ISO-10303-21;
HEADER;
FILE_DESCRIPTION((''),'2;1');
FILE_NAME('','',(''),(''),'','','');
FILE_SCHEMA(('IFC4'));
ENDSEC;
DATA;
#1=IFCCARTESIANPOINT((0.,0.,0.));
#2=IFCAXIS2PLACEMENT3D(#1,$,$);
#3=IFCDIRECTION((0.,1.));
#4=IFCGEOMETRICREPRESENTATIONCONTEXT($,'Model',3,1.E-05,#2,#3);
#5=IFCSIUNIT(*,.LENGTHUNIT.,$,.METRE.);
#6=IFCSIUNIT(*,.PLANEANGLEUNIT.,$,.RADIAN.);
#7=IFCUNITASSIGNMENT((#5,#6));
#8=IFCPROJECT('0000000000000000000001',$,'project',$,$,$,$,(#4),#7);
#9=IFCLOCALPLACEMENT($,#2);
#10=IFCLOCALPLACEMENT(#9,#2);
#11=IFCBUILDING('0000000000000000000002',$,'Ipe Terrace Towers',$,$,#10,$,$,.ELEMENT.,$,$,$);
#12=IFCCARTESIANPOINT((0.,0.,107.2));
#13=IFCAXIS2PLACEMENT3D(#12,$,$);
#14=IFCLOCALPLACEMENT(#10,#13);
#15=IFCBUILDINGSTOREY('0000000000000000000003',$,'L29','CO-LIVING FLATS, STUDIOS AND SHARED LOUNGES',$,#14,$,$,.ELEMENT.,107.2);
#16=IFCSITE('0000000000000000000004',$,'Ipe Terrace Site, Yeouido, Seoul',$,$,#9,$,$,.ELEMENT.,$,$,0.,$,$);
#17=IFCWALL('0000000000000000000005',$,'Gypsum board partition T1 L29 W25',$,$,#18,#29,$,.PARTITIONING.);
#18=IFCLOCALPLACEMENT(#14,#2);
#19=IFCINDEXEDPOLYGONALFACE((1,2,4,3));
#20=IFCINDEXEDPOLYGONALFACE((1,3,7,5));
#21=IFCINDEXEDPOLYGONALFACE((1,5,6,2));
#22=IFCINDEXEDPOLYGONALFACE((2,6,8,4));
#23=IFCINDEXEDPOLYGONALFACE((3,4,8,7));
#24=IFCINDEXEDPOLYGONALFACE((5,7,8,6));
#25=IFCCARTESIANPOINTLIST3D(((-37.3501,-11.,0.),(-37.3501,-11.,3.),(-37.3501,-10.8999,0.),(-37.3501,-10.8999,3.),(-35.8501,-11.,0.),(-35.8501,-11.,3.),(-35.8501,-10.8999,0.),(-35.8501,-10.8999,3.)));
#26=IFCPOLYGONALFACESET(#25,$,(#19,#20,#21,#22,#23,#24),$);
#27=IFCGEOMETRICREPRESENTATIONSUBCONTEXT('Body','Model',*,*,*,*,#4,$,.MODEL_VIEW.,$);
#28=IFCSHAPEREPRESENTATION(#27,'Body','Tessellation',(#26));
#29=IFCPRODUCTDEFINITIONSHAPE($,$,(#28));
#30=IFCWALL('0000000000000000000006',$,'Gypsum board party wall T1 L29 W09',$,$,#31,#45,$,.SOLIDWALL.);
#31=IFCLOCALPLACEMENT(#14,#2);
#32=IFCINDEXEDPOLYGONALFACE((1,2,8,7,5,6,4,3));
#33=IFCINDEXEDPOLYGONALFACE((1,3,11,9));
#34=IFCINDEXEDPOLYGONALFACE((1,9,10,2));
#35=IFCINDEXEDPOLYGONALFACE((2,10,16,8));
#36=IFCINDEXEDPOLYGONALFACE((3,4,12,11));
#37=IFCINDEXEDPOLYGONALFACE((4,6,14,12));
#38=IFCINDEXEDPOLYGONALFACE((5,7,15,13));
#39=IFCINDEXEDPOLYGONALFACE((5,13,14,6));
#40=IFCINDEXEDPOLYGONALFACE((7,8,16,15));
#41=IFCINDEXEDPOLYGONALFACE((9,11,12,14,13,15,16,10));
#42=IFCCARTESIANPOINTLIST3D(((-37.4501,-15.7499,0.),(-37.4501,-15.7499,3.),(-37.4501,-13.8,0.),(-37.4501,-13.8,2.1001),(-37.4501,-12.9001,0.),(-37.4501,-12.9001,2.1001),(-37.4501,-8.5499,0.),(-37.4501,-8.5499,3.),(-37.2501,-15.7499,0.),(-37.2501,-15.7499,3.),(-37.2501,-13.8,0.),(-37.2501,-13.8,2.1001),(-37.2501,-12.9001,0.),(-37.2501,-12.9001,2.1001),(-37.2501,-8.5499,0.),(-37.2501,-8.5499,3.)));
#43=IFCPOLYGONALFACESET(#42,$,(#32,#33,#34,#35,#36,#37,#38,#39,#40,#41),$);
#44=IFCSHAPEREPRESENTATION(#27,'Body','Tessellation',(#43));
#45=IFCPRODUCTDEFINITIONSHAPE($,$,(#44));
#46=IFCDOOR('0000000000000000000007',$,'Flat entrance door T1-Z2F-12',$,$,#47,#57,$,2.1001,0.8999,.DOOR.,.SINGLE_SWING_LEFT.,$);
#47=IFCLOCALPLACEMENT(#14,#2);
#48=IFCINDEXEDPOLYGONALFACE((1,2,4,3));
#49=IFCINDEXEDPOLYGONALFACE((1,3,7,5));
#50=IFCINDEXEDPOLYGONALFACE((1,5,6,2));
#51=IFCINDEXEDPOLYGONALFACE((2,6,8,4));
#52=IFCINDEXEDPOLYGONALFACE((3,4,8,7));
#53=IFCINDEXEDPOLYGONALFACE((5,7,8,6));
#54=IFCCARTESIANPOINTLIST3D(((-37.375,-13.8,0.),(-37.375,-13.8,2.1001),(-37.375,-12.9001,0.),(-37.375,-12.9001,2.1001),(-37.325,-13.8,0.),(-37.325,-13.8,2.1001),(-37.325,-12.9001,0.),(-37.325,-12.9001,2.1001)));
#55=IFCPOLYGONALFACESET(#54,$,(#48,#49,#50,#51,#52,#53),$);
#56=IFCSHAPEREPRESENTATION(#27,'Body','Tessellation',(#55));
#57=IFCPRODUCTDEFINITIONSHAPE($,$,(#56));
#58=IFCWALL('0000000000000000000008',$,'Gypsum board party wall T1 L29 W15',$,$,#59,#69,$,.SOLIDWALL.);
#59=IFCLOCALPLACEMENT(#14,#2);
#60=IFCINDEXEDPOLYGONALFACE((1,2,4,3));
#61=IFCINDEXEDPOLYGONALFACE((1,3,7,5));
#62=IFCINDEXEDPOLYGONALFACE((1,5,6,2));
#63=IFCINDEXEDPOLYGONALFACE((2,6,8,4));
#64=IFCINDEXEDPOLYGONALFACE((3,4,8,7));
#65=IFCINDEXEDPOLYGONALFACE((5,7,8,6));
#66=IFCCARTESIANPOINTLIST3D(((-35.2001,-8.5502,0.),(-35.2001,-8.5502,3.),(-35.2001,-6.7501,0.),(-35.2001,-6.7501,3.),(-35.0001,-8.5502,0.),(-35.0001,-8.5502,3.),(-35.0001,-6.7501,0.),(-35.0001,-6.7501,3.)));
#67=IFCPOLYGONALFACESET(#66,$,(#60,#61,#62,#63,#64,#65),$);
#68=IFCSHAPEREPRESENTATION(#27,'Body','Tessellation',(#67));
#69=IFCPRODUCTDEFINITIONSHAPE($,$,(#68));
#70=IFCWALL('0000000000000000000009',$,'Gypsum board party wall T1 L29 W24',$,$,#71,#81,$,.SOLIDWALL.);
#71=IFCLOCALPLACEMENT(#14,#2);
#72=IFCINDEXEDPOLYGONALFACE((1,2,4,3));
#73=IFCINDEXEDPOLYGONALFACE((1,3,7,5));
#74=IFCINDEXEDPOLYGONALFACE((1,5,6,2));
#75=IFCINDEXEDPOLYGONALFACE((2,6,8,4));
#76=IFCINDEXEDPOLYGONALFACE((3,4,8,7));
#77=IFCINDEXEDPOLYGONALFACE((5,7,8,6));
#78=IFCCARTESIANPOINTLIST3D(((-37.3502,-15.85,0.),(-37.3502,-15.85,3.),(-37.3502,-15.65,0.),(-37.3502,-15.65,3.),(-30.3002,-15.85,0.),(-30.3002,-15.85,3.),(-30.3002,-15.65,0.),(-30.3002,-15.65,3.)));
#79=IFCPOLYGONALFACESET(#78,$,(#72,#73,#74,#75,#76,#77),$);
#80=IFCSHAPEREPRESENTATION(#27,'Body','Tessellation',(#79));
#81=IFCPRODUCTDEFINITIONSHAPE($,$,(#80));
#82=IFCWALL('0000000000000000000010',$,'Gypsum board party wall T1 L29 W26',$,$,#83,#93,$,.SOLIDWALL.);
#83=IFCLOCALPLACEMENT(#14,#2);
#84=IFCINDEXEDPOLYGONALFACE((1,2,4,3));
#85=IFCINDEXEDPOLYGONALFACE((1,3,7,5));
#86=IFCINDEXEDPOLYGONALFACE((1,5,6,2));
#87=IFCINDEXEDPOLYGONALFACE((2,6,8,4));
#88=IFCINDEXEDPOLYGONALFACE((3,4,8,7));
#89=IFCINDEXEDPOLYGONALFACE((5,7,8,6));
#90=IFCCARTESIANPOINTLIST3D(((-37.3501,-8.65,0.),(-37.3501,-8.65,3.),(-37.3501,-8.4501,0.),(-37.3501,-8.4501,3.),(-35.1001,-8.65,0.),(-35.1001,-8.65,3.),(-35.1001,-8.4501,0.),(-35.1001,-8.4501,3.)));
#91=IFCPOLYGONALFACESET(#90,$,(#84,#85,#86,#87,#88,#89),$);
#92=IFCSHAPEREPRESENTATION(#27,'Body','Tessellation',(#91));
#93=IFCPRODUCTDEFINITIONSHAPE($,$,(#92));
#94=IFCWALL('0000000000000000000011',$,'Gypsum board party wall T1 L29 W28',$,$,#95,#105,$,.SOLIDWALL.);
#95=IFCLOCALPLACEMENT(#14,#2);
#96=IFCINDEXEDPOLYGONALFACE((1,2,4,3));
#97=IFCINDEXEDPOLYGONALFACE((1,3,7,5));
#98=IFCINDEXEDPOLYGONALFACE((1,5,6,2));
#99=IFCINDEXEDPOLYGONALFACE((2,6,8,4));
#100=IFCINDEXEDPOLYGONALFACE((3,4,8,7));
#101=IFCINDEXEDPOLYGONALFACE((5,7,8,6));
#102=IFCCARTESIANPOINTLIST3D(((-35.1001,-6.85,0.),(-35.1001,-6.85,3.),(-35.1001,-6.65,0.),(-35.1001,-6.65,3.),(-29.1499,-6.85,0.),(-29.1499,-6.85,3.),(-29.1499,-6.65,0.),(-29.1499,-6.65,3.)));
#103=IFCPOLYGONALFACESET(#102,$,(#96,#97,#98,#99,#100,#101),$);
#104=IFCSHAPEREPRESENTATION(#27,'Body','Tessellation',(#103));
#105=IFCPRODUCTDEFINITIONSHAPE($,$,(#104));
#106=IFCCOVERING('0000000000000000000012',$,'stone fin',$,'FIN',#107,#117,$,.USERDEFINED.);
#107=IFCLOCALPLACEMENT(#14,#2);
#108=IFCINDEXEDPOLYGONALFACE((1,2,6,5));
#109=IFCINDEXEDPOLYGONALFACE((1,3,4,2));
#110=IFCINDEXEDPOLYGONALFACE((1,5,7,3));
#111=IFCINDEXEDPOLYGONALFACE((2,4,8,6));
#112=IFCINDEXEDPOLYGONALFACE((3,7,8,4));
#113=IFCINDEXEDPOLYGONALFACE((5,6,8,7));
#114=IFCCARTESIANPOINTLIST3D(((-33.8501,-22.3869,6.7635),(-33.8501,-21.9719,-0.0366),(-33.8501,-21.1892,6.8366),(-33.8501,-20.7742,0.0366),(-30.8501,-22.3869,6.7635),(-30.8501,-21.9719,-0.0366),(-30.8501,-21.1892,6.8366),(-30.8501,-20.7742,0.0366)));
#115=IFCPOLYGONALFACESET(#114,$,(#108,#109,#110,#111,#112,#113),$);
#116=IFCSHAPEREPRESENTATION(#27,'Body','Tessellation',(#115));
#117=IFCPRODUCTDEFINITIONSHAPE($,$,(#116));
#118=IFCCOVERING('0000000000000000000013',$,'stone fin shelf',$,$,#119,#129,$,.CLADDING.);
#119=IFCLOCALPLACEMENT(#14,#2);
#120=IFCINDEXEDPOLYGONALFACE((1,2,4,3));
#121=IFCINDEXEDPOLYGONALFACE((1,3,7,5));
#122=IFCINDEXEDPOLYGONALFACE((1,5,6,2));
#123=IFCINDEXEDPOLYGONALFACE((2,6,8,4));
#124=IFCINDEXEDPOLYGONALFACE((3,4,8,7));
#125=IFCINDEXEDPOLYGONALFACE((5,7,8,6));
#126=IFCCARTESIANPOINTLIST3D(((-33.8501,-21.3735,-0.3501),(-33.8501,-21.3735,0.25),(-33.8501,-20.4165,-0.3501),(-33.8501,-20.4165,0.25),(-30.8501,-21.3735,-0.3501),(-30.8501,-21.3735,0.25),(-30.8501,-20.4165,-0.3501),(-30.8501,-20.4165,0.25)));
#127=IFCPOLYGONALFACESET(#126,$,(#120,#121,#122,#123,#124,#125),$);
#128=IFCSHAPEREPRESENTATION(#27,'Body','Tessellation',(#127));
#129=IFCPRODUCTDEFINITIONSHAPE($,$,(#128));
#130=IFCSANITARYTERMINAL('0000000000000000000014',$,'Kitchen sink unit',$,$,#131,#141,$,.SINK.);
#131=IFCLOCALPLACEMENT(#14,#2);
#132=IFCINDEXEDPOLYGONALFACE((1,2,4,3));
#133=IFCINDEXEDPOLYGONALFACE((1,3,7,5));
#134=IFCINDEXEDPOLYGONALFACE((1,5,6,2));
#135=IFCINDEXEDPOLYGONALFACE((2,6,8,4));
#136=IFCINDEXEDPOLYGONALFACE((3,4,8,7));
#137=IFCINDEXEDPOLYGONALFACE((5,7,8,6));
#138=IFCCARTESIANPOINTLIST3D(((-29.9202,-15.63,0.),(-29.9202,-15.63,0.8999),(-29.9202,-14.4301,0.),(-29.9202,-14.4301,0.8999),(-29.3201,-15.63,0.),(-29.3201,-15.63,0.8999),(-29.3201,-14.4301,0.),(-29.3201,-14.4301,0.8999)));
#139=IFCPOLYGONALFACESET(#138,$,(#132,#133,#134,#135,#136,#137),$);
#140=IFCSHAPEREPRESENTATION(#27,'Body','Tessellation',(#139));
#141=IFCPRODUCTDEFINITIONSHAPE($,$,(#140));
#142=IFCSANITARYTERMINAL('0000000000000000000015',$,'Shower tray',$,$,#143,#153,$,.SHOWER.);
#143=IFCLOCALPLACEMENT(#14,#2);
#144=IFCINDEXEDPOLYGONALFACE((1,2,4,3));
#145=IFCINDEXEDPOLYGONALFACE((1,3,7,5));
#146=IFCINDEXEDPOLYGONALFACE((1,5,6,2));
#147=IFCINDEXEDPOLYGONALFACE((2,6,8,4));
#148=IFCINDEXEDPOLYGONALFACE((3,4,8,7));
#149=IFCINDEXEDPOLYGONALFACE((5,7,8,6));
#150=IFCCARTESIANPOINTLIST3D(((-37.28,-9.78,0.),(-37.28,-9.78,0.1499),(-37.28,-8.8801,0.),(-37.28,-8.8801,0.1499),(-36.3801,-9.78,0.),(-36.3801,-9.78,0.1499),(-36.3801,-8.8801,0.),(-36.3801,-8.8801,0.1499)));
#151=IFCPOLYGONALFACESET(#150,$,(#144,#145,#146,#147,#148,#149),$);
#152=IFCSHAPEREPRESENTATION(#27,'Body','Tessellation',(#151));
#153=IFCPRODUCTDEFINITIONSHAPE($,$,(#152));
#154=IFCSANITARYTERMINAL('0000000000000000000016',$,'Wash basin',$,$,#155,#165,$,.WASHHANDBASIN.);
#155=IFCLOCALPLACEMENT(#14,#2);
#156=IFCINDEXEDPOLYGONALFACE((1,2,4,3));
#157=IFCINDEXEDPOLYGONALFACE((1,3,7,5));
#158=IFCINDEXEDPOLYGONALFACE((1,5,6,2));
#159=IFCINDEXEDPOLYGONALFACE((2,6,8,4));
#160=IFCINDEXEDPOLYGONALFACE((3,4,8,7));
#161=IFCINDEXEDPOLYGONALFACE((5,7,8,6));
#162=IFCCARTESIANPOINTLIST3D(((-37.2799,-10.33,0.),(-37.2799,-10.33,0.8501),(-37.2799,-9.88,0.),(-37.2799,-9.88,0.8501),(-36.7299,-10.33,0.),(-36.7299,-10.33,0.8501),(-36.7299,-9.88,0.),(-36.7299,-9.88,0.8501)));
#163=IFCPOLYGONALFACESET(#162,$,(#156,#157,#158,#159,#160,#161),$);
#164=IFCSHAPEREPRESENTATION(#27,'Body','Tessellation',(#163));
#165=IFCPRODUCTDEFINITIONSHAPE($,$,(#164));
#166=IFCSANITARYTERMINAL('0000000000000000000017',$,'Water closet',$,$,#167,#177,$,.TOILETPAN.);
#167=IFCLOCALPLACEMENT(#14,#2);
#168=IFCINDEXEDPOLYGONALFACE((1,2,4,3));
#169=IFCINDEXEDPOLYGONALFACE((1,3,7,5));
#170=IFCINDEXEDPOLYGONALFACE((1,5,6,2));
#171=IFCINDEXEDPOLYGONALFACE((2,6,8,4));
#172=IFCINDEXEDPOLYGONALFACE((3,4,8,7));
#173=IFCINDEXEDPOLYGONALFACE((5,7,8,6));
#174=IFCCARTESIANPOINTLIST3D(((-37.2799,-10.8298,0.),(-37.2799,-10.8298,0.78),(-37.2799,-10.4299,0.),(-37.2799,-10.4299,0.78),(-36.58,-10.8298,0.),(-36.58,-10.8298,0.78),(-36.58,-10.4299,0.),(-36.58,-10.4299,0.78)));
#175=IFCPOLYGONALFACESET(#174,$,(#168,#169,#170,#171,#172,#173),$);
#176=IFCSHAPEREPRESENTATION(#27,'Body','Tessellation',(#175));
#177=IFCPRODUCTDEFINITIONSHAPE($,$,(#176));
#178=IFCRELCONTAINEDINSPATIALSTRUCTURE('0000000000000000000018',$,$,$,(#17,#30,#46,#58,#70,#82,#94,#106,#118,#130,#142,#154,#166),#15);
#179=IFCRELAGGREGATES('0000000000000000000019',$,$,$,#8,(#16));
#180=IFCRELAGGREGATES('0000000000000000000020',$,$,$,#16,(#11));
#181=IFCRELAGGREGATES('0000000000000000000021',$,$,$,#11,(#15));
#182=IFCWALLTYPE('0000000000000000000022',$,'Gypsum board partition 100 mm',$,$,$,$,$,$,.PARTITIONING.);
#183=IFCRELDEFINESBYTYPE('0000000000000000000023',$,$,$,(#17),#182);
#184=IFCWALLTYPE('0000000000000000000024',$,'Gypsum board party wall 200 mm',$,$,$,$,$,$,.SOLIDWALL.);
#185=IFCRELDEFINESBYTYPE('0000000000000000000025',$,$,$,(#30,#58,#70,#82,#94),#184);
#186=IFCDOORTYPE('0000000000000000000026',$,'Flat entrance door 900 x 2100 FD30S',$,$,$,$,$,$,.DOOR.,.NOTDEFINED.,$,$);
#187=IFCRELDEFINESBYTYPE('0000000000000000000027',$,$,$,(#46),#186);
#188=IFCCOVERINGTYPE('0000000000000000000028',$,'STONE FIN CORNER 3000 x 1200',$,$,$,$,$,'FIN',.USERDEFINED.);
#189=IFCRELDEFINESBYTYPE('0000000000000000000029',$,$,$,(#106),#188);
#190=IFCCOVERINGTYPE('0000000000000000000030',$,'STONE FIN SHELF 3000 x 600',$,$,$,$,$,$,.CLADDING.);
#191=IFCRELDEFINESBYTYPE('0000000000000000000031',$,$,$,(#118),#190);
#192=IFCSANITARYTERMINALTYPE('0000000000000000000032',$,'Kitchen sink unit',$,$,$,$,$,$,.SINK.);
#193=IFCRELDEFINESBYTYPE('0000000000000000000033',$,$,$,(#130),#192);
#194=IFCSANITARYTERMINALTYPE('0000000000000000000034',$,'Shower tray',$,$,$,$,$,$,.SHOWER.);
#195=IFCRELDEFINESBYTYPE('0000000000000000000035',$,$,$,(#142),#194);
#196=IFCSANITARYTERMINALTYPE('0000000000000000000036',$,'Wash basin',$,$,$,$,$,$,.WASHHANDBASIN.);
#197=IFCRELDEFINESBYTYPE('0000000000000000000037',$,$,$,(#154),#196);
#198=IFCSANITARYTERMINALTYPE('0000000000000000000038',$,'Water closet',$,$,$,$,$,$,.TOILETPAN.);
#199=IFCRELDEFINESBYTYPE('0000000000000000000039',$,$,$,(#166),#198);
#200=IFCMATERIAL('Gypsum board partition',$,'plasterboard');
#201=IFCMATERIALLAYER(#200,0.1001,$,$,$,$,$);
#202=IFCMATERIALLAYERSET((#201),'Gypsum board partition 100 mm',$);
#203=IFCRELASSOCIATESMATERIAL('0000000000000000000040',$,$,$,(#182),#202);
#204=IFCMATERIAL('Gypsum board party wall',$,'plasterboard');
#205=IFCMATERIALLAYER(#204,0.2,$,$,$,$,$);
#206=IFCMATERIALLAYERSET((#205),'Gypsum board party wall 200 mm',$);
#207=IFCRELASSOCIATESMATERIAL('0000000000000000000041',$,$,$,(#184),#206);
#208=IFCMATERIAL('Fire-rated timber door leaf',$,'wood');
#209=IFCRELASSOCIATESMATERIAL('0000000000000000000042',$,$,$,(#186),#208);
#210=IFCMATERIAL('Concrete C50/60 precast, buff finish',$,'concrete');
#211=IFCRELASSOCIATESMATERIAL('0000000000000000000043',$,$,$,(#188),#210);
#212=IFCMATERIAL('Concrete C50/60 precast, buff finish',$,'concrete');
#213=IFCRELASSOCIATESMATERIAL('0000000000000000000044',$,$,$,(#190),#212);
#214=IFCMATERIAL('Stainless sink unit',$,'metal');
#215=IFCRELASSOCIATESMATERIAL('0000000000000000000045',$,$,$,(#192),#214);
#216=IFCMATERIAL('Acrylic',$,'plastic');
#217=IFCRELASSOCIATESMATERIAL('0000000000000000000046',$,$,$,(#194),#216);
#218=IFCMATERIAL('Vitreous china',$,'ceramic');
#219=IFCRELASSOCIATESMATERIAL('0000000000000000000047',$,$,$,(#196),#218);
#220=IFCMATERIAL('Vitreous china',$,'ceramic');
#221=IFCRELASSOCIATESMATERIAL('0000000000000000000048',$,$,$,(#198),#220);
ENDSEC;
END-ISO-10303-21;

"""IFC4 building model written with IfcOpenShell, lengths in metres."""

from ifc_helpers import new_model, si_unit, direction, frame, frame_2d, origin, origin_2d, place, context, subcontext, project, spatial, rectangle, extrude, material, layer, layer_set, material_profile, profile_set, type_object, element, fill, save


model = new_model("IFC4")

# Units and contexts
model_context = context("Model", 3, precision=1e-05, world=origin(), true_north=direction((0.0, 1.0)))
body_context = subcontext(model_context, "Body", "Model", "MODEL_VIEW")
ifc_project = project(units=[si_unit("LENGTHUNIT", "METRE"), si_unit("PLANEANGLEUNIT", "RADIAN")], contexts=[model_context])

# Site, building, storey
site_placement = place(None, origin())
site = spatial("IfcSite", under=ifc_project, at=site_placement, Name="Ipe Terrace Site, Yeouido, Seoul", CompositionType="ELEMENT", RefElevation=0.0)
building_placement = place(site_placement, origin())
building = spatial("IfcBuilding", under=site, at=building_placement, Name="Ipe Terrace Towers", CompositionType="ELEMENT")
storey_placement = place(building_placement, frame((0.0, 0.0, 107.2)))
storey = spatial("IfcBuildingStorey", under=building, at=storey_placement, Name="L29", Description="CO-LIVING FLATS, STUDIOS AND SHARED LOUNGES", CompositionType="ELEMENT", Elevation=107.2)

# Shared definitions
ifc_material_1 = material(Name="Gypsum board partition", Category="plasterboard")
ifc_layer_1 = layer(ifc_material_1, 0.1001)
ifc_layer_set_1 = layer_set([ifc_layer_1], Name="Gypsum board partition 100 mm")
wall_type_1 = type_object("IfcWallType", Name="Gypsum board partition 100 mm", PredefinedType="PARTITIONING", material=ifc_layer_set_1)

# Wall
wall_1_placement = place(storey_placement, frame((-37.3501, -10.95, 0.0), z_axis=(0.0, 0.0, 1.0), x_axis=(1.0, 0.0, 0.0)))
element("IfcWall", 1, at=wall_1_placement, inside=storey, type_object=wall_type_1, Name="Gypsum board partition T1 L29 W25", PredefinedType="PARTITIONING", context=body_context, shape_type="SweptSolid", body=[
    extrude(rectangle(XDim=1.5, YDim=0.1001, at=frame_2d((0.75, 0.0))), origin(), (0.0, 0.0, 1.0), 3.0),
])

# Wall, opening, door
ifc_material_2 = material(Name="Gypsum board party wall", Category="plasterboard")
ifc_layer_2 = layer(ifc_material_2, 0.2)
ifc_layer_set_2 = layer_set([ifc_layer_2], Name="Gypsum board party wall 200 mm")
wall_type_2 = type_object("IfcWallType", Name="Gypsum board party wall 200 mm", PredefinedType="SOLIDWALL", material=ifc_layer_set_2)
wall_2_placement = place(storey_placement, frame((-37.3501, -15.75, 0.0), z_axis=(0.0, 0.0, 1.0), x_axis=(0.0, 1.0, 0.0)))
wall_2 = element("IfcWall", 2, at=wall_2_placement, inside=storey, type_object=wall_type_2, Name="Gypsum board party wall T1 L29 W09", PredefinedType="SOLIDWALL", context=body_context, shape_type="SweptSolid", body=[
    extrude(rectangle(XDim=7.2, YDim=0.2, at=frame_2d((3.6001, 0.0))), origin(), (0.0, 0.0, 1.0), 3.0),
])
opening_1_placement = place(wall_2_placement, frame((1.95, 0.0, 0.0)))
opening_1 = element("IfcOpeningElement", 3, at=opening_1_placement, cuts=wall_2, PredefinedType="OPENING", context=body_context, shape_type="SweptSolid", body=[
    extrude(rectangle(XDim=0.8999, YDim=2.1001, at=frame_2d((0.45, 1.05))), frame((0.0, 0.1099, 0.0), z_axis=(0.0, -1.0, 0.0), x_axis=(1.0, 0.0, 0.0)), (0.0, 0.0, 1.0), 0.22),
])
ifc_material_3 = material(Name="Fire-rated timber door leaf", Category="wood")
door_type_1 = type_object("IfcDoorType", Name="Flat entrance door 900 x 2100 FD30S", OperationType="NOTDEFINED", PredefinedType="DOOR", material=ifc_material_3)
door_1_placement = place(opening_1_placement, origin())
door_1 = element("IfcDoor", 4, at=door_1_placement, inside=storey, type_object=door_type_1, Name="Flat entrance door T1-Z2F-12", OperationType="SINGLE_SWING_LEFT", OverallHeight=2.1001, OverallWidth=0.8999, PredefinedType="DOOR", context=body_context, shape_type="SweptSolid", body=[
    extrude(rectangle(XDim=0.8999, YDim=2.1001, at=frame_2d((0.45, 1.05))), frame((0.0, 0.0249, 0.0), z_axis=(0.0, -1.0, 0.0), x_axis=(1.0, 0.0, 0.0)), (0.0, 0.0, 1.0), 0.05),
])
fill(opening_1, door_1)

# Walls
wall_3_placement = place(storey_placement, frame((-35.1001, -8.55, 0.0), z_axis=(0.0, 0.0, 1.0), x_axis=(0.0, 1.0, 0.0)))
element("IfcWall", 5, at=wall_3_placement, inside=storey, type_object=wall_type_2, Name="Gypsum board party wall T1 L29 W15", PredefinedType="SOLIDWALL", context=body_context, shape_type="SweptSolid", body=[
    extrude(rectangle(XDim=1.8, YDim=0.2, at=frame_2d((0.8999, 0.0))), origin(), (0.0, 0.0, 1.0), 3.0),
])
wall_4_placement = place(storey_placement, frame((-37.3501, -15.75, 0.0), z_axis=(0.0, 0.0, 1.0), x_axis=(1.0, 0.0, 0.0)))
element("IfcWall", 6, at=wall_4_placement, inside=storey, type_object=wall_type_2, Name="Gypsum board party wall T1 L29 W24", PredefinedType="SOLIDWALL", context=body_context, shape_type="SweptSolid", body=[
    extrude(rectangle(XDim=7.05, YDim=0.2, at=frame_2d((3.5249, 0.0))), origin(), (0.0, 0.0, 1.0), 3.0),
])
wall_5_placement = place(storey_placement, frame((-37.3501, -8.55, 0.0), z_axis=(0.0, 0.0, 1.0), x_axis=(1.0, 0.0, 0.0)))
element("IfcWall", 7, at=wall_5_placement, inside=storey, type_object=wall_type_2, Name="Gypsum board party wall T1 L29 W26", PredefinedType="SOLIDWALL", context=body_context, shape_type="SweptSolid", body=[
    extrude(rectangle(XDim=2.25, YDim=0.2, at=frame_2d((1.125, 0.0))), origin(), (0.0, 0.0, 1.0), 3.0),
])
wall_6_placement = place(storey_placement, frame((-35.1001, -6.75, 0.0), z_axis=(0.0, 0.0, 1.0), x_axis=(1.0, 0.0, 0.0)))
element("IfcWall", 8, at=wall_6_placement, inside=storey, type_object=wall_type_2, Name="Gypsum board party wall T1 L29 W28", PredefinedType="SOLIDWALL", context=body_context, shape_type="SweptSolid", body=[
    extrude(rectangle(XDim=5.9502, YDim=0.2, at=frame_2d((2.9751, 0.0))), origin(), (0.0, 0.0, 1.0), 3.0),
])

# Coverings
ifc_material_4 = material(Name="Concrete C50/60 precast, buff finish", Category="concrete")
ifc_material_profile_1 = material_profile(ifc_material_4, rectangle(XDim=3.0, YDim=1.2, at=origin_2d()), Name="STONE FIN CORNER 3000 x 1200")
ifc_profile_set_1 = profile_set([ifc_material_profile_1], Name="Concrete C50/60 precast, buff finish")
covering_type_1 = type_object("IfcCoveringType", Name="STONE FIN CORNER 3000 x 1200", ElementType="FIN", PredefinedType="USERDEFINED", material=ifc_profile_set_1)
covering_1_placement = place(storey_placement, frame((-32.3501, -21.373, 0.0), z_axis=(0.0, -0.060921, 0.998143), x_axis=(1.0, 0.0, 0.0)))
element("IfcCovering", 9, at=covering_1_placement, inside=storey, type_object=covering_type_1, Name="stone fin", ObjectType="FIN", PredefinedType="USERDEFINED", context=body_context, shape_type="SweptSolid", body=[
    extrude(rectangle(XDim=3.0, YDim=1.2, at=origin_2d()), origin(), (0.0, 0.0, 1.0), 6.8127),
])
ifc_material_5 = material(Name="Concrete C50/60 precast, buff finish", Category="concrete")
covering_type_2 = type_object("IfcCoveringType", Name="STONE FIN SHELF 3000 x 600", PredefinedType="CLADDING", material=ifc_material_5)
covering_2_placement = place(storey_placement, frame((-32.3501, -20.895, -0.3501), z_axis=(0.0, 0.0, 1.0), x_axis=(1.0, 0.0, 0.0)))
element("IfcCovering", 10, at=covering_2_placement, inside=storey, type_object=covering_type_2, Name="stone fin shelf", PredefinedType="CLADDING", context=body_context, shape_type="SweptSolid", body=[
    extrude(rectangle(XDim=3.0, YDim=0.957, at=origin_2d()), origin(), (0.0, 0.0, 1.0), 0.6001),
])

# Sanitary terminals
ifc_material_6 = material(Name="Stainless sink unit", Category="metal")
sanitary_terminal_type_1 = type_object("IfcSanitaryTerminalType", Name="Kitchen sink unit", PredefinedType="SINK", material=ifc_material_6)
sanitary_terminal_1_placement = place(storey_placement, frame((-29.6201, -15.03, 0.0), z_axis=(0.0, 0.0, 1.0), x_axis=(0.0, -1.0, 0.0)))
element("IfcSanitaryTerminal", 11, at=sanitary_terminal_1_placement, inside=storey, type_object=sanitary_terminal_type_1, Name="Kitchen sink unit", PredefinedType="SINK", context=body_context, shape_type="SweptSolid", body=[
    extrude(rectangle(XDim=1.2, YDim=0.6001, at=origin_2d()), origin(), (0.0, 0.0, 1.0), 0.8999),
])
ifc_material_7 = material(Name="Acrylic", Category="plastic")
sanitary_terminal_type_2 = type_object("IfcSanitaryTerminalType", Name="Shower tray", PredefinedType="SHOWER", material=ifc_material_7)
sanitary_terminal_2_placement = place(storey_placement, frame((-36.8301, -9.3301, 0.0), z_axis=(0.0, 0.0, 1.0), x_axis=(1.0, 0.0, 0.0)))
element("IfcSanitaryTerminal", 12, at=sanitary_terminal_2_placement, inside=storey, type_object=sanitary_terminal_type_2, Name="Shower tray", PredefinedType="SHOWER", context=body_context, shape_type="SweptSolid", body=[
    extrude(rectangle(XDim=0.8999, YDim=0.8999, at=origin_2d()), origin(), (0.0, 0.0, 1.0), 0.1499),
])
ifc_material_8 = material(Name="Vitreous china", Category="ceramic")
sanitary_terminal_type_3 = type_object("IfcSanitaryTerminalType", Name="Wash basin", PredefinedType="WASHHANDBASIN", material=ifc_material_8)
sanitary_terminal_3_placement = place(storey_placement, frame((-37.0049, -10.105, 0.0), z_axis=(0.0, 0.0, 1.0), x_axis=(1.0, 0.0, 0.0)))
element("IfcSanitaryTerminal", 13, at=sanitary_terminal_3_placement, inside=storey, type_object=sanitary_terminal_type_3, Name="Wash basin", PredefinedType="WASHHANDBASIN", context=body_context, shape_type="SweptSolid", body=[
    extrude(rectangle(XDim=0.55, YDim=0.45, at=origin_2d()), origin(), (0.0, 0.0, 1.0), 0.8501),
])
ifc_material_9 = material(Name="Vitreous china", Category="ceramic")
sanitary_terminal_type_4 = type_object("IfcSanitaryTerminalType", Name="Water closet", PredefinedType="TOILETPAN", material=ifc_material_9)
sanitary_terminal_4_placement = place(storey_placement, frame((-36.9299, -10.6299, 0.0), z_axis=(0.0, 0.0, 1.0), x_axis=(1.0, 0.0, 0.0)))
element("IfcSanitaryTerminal", 14, at=sanitary_terminal_4_placement, inside=storey, type_object=sanitary_terminal_type_4, Name="Water closet", PredefinedType="TOILETPAN", context=body_context, shape_type="SweptSolid", body=[
    extrude(rectangle(XDim=0.7, YDim=0.3999, at=origin_2d()), origin(), (0.0, 0.0, 1.0), 0.78),
])

save(model, "model.ifc")
